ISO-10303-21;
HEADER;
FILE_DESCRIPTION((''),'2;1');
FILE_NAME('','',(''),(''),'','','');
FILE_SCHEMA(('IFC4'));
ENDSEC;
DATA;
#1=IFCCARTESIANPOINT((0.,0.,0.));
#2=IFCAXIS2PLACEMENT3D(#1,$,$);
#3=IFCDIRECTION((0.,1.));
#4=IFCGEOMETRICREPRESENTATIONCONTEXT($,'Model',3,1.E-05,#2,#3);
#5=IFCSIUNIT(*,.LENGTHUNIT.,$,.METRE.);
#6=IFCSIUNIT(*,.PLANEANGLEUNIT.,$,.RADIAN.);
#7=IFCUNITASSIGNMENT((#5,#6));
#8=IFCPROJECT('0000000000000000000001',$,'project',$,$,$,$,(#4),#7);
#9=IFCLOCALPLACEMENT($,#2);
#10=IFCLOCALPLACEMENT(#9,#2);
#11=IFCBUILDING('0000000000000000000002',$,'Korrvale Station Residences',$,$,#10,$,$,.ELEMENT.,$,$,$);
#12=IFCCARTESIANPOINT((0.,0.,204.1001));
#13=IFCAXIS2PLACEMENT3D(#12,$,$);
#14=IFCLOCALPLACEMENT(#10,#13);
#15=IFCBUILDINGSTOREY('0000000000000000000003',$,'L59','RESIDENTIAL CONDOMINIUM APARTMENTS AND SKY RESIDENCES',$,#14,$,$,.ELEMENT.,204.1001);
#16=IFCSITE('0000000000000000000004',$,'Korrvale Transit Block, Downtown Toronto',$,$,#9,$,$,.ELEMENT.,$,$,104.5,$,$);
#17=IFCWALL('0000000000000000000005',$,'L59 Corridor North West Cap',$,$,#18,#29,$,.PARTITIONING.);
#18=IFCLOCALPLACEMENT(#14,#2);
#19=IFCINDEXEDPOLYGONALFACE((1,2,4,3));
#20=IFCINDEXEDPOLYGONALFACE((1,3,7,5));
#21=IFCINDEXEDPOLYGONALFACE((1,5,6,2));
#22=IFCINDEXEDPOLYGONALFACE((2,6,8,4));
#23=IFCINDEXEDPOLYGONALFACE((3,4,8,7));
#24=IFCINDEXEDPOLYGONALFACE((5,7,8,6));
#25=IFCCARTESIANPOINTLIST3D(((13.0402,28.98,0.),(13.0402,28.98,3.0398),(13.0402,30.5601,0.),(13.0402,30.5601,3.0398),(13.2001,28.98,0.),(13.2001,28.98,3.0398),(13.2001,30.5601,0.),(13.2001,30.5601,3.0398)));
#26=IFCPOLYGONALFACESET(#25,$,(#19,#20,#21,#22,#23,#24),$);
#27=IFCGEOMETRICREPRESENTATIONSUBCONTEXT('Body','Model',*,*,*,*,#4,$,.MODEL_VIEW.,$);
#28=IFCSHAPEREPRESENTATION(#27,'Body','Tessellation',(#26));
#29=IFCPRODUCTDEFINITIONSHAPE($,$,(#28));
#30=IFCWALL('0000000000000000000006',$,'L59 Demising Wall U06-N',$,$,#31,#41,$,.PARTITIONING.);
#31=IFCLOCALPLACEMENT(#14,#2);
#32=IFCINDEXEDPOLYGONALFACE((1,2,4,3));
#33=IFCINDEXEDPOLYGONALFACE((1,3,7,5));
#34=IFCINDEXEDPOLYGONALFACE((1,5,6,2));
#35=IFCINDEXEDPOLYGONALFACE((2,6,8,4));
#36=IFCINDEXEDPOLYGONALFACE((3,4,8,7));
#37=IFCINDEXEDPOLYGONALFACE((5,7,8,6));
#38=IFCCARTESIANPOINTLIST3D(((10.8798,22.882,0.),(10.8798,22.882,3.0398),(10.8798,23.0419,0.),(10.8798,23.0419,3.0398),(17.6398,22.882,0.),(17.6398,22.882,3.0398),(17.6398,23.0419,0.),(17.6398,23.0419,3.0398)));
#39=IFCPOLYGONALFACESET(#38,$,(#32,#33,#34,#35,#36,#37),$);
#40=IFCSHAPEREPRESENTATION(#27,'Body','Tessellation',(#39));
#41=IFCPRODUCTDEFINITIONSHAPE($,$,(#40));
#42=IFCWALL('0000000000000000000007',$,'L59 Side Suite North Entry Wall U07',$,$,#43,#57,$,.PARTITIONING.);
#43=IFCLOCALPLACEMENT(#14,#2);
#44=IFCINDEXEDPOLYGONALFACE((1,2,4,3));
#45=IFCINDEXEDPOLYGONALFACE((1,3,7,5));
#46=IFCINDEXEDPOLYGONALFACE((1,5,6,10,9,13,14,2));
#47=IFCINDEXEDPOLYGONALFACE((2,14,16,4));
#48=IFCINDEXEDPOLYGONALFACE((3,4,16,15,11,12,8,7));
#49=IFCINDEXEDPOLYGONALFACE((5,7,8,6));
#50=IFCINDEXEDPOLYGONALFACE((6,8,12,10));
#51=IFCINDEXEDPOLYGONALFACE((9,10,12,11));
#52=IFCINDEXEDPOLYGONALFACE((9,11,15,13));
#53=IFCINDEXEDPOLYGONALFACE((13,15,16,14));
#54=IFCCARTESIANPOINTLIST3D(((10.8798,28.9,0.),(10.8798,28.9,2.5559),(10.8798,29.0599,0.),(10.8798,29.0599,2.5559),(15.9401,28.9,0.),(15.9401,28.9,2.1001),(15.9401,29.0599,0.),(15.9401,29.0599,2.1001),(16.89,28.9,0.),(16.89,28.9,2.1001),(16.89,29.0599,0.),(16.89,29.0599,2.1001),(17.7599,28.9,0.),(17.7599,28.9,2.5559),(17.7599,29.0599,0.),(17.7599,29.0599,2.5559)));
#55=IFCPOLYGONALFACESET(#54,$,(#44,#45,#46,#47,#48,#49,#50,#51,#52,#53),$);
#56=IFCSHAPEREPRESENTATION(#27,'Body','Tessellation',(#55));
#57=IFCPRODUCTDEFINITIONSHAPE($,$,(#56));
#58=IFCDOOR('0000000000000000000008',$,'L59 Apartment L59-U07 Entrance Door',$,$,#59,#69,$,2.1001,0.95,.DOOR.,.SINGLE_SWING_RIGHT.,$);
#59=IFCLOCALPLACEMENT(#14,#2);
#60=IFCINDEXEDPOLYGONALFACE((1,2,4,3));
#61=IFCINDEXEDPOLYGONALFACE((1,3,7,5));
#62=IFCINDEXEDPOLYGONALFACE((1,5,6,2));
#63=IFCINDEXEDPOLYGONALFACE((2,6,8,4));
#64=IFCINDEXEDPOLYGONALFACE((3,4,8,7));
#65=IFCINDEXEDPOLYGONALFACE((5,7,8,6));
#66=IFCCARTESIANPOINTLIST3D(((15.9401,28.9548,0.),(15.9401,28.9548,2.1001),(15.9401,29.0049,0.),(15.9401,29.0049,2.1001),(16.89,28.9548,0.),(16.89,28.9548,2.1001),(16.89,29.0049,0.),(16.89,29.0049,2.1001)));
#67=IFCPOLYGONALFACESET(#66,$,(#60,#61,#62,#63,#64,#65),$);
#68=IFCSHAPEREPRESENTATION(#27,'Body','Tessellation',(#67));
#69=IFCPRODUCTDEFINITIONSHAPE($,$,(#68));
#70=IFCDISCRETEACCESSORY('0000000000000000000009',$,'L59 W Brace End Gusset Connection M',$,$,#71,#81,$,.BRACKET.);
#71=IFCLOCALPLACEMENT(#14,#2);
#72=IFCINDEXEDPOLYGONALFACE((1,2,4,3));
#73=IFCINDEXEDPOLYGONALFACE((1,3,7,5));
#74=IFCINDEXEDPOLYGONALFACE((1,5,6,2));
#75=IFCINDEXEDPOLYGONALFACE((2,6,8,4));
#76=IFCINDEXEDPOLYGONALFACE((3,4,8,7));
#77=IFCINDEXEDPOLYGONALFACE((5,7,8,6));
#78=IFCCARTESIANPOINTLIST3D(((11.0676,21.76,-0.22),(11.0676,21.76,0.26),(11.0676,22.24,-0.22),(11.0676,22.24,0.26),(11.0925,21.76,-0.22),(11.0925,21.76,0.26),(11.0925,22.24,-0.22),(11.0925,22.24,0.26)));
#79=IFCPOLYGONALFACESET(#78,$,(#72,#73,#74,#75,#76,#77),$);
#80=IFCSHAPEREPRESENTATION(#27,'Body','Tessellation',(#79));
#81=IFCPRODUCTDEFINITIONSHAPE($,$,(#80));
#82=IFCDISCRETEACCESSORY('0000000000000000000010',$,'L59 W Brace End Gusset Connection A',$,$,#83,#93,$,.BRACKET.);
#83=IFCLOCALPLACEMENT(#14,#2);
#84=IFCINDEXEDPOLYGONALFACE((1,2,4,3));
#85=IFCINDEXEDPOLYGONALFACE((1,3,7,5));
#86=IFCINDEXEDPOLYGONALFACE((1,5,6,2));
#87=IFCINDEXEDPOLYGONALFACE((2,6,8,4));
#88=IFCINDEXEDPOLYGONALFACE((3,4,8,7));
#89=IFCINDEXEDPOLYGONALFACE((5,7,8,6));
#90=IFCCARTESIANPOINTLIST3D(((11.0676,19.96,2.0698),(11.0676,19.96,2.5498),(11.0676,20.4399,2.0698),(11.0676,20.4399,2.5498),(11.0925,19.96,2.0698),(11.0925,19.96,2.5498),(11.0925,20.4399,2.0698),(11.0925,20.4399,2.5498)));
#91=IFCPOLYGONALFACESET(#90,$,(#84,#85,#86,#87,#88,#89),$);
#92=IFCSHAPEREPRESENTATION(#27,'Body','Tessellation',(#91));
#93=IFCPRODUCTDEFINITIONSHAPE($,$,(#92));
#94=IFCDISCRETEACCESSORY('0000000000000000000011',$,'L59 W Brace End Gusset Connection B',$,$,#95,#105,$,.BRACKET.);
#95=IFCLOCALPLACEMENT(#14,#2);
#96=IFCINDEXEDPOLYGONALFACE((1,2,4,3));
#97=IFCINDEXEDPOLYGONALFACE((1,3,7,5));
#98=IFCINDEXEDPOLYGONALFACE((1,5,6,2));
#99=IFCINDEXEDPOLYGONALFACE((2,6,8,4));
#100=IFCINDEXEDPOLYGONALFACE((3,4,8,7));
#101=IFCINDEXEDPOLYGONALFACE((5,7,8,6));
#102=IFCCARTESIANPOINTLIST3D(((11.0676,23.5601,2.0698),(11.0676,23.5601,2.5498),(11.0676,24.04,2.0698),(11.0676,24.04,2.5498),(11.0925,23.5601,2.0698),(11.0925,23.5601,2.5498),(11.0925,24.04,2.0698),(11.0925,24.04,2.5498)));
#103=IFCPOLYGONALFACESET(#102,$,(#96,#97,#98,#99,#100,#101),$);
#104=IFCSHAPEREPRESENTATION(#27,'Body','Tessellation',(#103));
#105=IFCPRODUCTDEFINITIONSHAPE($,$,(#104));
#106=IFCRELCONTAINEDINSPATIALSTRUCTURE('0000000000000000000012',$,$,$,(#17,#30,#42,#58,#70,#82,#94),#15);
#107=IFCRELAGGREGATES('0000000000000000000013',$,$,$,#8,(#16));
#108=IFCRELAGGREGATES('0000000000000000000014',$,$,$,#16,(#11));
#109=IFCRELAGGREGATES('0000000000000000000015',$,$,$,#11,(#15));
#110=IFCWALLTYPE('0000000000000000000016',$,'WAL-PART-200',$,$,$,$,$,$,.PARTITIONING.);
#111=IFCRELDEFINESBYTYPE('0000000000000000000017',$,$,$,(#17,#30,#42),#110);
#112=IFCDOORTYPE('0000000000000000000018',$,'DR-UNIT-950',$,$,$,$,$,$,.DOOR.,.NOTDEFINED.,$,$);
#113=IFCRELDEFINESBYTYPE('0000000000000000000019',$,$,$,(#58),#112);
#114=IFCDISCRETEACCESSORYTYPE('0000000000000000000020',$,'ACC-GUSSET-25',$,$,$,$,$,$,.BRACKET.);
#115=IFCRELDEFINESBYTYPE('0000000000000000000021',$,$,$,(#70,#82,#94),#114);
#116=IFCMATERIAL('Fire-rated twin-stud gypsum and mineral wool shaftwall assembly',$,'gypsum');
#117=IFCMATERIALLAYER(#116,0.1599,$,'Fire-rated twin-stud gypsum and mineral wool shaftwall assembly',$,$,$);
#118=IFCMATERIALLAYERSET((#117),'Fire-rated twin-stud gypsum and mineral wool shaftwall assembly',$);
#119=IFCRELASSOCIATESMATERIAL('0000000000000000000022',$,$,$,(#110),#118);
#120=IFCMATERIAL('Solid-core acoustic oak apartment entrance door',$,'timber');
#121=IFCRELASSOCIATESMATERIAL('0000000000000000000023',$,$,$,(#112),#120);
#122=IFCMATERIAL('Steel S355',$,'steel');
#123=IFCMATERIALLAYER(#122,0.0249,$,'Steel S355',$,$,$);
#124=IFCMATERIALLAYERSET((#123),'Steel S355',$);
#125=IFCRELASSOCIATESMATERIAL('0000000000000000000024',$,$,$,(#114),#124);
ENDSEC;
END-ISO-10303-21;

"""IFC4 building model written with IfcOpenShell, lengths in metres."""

from ifc_helpers import new_model, si_unit, direction, frame, frame_2d, origin, origin_2d, place, context, subcontext, project, spatial, rectangle, extrude, material, layer, layer_set, type_object, element, fill, save


model = new_model("IFC4")

# Units and contexts
model_context = context("Model", 3, precision=1e-05, world=origin(), true_north=direction((0.0, 1.0)))
body_context = subcontext(model_context, "Body", "Model", "MODEL_VIEW")
ifc_project = project(units=[si_unit("LENGTHUNIT", "METRE"), si_unit("PLANEANGLEUNIT", "RADIAN")], contexts=[model_context])

# Site, building, storey
site_placement = place(None, origin())
site = spatial("IfcSite", under=ifc_project, at=site_placement, Name="Korrvale Transit Block, Downtown Toronto", CompositionType="ELEMENT", RefElevation=104.5)
building_placement = place(site_placement, origin())
building = spatial("IfcBuilding", under=site, at=building_placement, Name="Korrvale Station Residences", CompositionType="ELEMENT")
storey_placement = place(building_placement, frame((0.0, 0.0, 204.1001)))
storey = spatial("IfcBuildingStorey", under=building, at=storey_placement, Name="L59", Description="RESIDENTIAL CONDOMINIUM APARTMENTS AND SKY RESIDENCES", CompositionType="ELEMENT", Elevation=204.1001)

# Shared definitions
ifc_material_1 = material(Name="Steel S355", Category="steel")

# Walls
ifc_material_2 = material(Name="Fire-rated twin-stud gypsum and mineral wool shaftwall assembly", Category="gypsum")
ifc_layer_1 = layer(ifc_material_2, 0.1599, Name="Fire-rated twin-stud gypsum and mineral wool shaftwall assembly")
ifc_layer_set_1 = layer_set([ifc_layer_1], Name="Fire-rated twin-stud gypsum and mineral wool shaftwall assembly")
wall_type_1 = type_object("IfcWallType", Name="WAL-PART-200", PredefinedType="PARTITIONING", material=ifc_layer_set_1)
wall_1_placement = place(storey_placement, frame((13.1201, 28.98, 0.0), z_axis=(0.0, 0.0, 1.0), x_axis=(0.0, 1.0, 0.0)))
element("IfcWall", 1, at=wall_1_placement, inside=storey, type_object=wall_type_1, Name="L59 Corridor North West Cap", PredefinedType="PARTITIONING", context=body_context, shape_type="SweptSolid", body=[
    extrude(rectangle(XDim=1.5801, YDim=0.1599, at=frame_2d((0.79, 0.0))), origin(), (0.0, 0.0, 1.0), 3.0398),
])
wall_2_placement = place(storey_placement, frame((10.8799, 22.9619, 0.0), z_axis=(0.0, 0.0, 1.0), x_axis=(1.0, 0.0, 0.0)))
element("IfcWall", 2, at=wall_2_placement, inside=storey, type_object=wall_type_1, Name="L59 Demising Wall U06-N", PredefinedType="PARTITIONING", context=body_context, shape_type="SweptSolid", body=[
    extrude(rectangle(XDim=6.76, YDim=0.1599, at=frame_2d((3.3799, 0.0))), origin(), (0.0, 0.0, 1.0), 3.0398),
])

# Wall, opening, door
wall_3_placement = place(storey_placement, frame((10.8799, 28.98, 0.0), z_axis=(0.0, 0.0, 1.0), x_axis=(1.0, 0.0, 0.0)))
wall_3 = element("IfcWall", 3, at=wall_3_placement, inside=storey, type_object=wall_type_1, Name="L59 Side Suite North Entry Wall U07", PredefinedType="PARTITIONING", context=body_context, shape_type="SweptSolid", body=[
    extrude(rectangle(XDim=6.8801, YDim=0.1599, at=frame_2d((3.4399, 0.0))), origin(), (0.0, 0.0, 1.0), 2.5559),
])
opening_1_placement = place(wall_3_placement, frame((5.0601, 0.0, 0.0)))
opening_1 = element("IfcOpeningElement", 4, at=opening_1_placement, cuts=wall_3, PredefinedType="OPENING", context=body_context, shape_type="SweptSolid", body=[
    extrude(rectangle(XDim=0.95, YDim=2.1001, at=frame_2d((0.4751, 1.05))), frame((0.0, 0.0898, 0.0), z_axis=(0.0, -1.0, 0.0), x_axis=(1.0, 0.0, 0.0)), (0.0, 0.0, 1.0), 0.1799),
])
ifc_material_3 = material(Name="Solid-core acoustic oak apartment entrance door", Category="timber")
door_type_1 = type_object("IfcDoorType", Name="DR-UNIT-950", OperationType="NOTDEFINED", PredefinedType="DOOR", material=ifc_material_3)
door_1_placement = place(opening_1_placement, origin())
door_1 = element("IfcDoor", 5, at=door_1_placement, inside=storey, type_object=door_type_1, Name="L59 Apartment L59-U07 Entrance Door", OperationType="SINGLE_SWING_RIGHT", OverallHeight=2.1001, OverallWidth=0.95, PredefinedType="DOOR", context=body_context, shape_type="SweptSolid", body=[
    extrude(rectangle(XDim=0.95, YDim=2.1001, at=frame_2d((0.4751, 1.05))), frame((0.0, 0.0249, 0.0), z_axis=(0.0, -1.0, 0.0), x_axis=(1.0, 0.0, 0.0)), (0.0, 0.0, 1.0), 0.05),
])
fill(opening_1, door_1)

# Discrete accessories
ifc_layer_2 = layer(ifc_material_1, 0.0249, Name="Steel S355")
ifc_layer_set_2 = layer_set([ifc_layer_2], Name="Steel S355")
discrete_accessory_type = type_object("IfcDiscreteAccessoryType", Name="ACC-GUSSET-25", PredefinedType="BRACKET", material=ifc_layer_set_2)
for number, where, z_axis, x_axis, name in (
    (6, (11.0801, 22.0, -0.22), (0.0, 0.0, 1.0), (0.0, 1.0, 0.0), "L59 W Brace End Gusset Connection M"),
    (7, (11.0801, 20.2, 2.0698), (0.0, 0.0, 1.0), (0.0, 1.0, 0.0), "L59 W Brace End Gusset Connection A"),
    (8, (11.0801, 23.8, 2.0698), (0.0, 0.0, 1.0), (0.0, 1.0, 0.0), "L59 W Brace End Gusset Connection B"),
):
    element("IfcDiscreteAccessory", number, at=place(storey_placement, frame(where, z_axis=z_axis, x_axis=x_axis)), inside=storey, type_object=discrete_accessory_type, Name=name, PredefinedType="BRACKET", context=body_context, shape_type="SweptSolid", body=[
        extrude(rectangle(XDim=0.48, YDim=0.0249, at=origin_2d()), origin(), (0.0, 0.0, 1.0), 0.48),
    ])

save(model, "model.ifc")
